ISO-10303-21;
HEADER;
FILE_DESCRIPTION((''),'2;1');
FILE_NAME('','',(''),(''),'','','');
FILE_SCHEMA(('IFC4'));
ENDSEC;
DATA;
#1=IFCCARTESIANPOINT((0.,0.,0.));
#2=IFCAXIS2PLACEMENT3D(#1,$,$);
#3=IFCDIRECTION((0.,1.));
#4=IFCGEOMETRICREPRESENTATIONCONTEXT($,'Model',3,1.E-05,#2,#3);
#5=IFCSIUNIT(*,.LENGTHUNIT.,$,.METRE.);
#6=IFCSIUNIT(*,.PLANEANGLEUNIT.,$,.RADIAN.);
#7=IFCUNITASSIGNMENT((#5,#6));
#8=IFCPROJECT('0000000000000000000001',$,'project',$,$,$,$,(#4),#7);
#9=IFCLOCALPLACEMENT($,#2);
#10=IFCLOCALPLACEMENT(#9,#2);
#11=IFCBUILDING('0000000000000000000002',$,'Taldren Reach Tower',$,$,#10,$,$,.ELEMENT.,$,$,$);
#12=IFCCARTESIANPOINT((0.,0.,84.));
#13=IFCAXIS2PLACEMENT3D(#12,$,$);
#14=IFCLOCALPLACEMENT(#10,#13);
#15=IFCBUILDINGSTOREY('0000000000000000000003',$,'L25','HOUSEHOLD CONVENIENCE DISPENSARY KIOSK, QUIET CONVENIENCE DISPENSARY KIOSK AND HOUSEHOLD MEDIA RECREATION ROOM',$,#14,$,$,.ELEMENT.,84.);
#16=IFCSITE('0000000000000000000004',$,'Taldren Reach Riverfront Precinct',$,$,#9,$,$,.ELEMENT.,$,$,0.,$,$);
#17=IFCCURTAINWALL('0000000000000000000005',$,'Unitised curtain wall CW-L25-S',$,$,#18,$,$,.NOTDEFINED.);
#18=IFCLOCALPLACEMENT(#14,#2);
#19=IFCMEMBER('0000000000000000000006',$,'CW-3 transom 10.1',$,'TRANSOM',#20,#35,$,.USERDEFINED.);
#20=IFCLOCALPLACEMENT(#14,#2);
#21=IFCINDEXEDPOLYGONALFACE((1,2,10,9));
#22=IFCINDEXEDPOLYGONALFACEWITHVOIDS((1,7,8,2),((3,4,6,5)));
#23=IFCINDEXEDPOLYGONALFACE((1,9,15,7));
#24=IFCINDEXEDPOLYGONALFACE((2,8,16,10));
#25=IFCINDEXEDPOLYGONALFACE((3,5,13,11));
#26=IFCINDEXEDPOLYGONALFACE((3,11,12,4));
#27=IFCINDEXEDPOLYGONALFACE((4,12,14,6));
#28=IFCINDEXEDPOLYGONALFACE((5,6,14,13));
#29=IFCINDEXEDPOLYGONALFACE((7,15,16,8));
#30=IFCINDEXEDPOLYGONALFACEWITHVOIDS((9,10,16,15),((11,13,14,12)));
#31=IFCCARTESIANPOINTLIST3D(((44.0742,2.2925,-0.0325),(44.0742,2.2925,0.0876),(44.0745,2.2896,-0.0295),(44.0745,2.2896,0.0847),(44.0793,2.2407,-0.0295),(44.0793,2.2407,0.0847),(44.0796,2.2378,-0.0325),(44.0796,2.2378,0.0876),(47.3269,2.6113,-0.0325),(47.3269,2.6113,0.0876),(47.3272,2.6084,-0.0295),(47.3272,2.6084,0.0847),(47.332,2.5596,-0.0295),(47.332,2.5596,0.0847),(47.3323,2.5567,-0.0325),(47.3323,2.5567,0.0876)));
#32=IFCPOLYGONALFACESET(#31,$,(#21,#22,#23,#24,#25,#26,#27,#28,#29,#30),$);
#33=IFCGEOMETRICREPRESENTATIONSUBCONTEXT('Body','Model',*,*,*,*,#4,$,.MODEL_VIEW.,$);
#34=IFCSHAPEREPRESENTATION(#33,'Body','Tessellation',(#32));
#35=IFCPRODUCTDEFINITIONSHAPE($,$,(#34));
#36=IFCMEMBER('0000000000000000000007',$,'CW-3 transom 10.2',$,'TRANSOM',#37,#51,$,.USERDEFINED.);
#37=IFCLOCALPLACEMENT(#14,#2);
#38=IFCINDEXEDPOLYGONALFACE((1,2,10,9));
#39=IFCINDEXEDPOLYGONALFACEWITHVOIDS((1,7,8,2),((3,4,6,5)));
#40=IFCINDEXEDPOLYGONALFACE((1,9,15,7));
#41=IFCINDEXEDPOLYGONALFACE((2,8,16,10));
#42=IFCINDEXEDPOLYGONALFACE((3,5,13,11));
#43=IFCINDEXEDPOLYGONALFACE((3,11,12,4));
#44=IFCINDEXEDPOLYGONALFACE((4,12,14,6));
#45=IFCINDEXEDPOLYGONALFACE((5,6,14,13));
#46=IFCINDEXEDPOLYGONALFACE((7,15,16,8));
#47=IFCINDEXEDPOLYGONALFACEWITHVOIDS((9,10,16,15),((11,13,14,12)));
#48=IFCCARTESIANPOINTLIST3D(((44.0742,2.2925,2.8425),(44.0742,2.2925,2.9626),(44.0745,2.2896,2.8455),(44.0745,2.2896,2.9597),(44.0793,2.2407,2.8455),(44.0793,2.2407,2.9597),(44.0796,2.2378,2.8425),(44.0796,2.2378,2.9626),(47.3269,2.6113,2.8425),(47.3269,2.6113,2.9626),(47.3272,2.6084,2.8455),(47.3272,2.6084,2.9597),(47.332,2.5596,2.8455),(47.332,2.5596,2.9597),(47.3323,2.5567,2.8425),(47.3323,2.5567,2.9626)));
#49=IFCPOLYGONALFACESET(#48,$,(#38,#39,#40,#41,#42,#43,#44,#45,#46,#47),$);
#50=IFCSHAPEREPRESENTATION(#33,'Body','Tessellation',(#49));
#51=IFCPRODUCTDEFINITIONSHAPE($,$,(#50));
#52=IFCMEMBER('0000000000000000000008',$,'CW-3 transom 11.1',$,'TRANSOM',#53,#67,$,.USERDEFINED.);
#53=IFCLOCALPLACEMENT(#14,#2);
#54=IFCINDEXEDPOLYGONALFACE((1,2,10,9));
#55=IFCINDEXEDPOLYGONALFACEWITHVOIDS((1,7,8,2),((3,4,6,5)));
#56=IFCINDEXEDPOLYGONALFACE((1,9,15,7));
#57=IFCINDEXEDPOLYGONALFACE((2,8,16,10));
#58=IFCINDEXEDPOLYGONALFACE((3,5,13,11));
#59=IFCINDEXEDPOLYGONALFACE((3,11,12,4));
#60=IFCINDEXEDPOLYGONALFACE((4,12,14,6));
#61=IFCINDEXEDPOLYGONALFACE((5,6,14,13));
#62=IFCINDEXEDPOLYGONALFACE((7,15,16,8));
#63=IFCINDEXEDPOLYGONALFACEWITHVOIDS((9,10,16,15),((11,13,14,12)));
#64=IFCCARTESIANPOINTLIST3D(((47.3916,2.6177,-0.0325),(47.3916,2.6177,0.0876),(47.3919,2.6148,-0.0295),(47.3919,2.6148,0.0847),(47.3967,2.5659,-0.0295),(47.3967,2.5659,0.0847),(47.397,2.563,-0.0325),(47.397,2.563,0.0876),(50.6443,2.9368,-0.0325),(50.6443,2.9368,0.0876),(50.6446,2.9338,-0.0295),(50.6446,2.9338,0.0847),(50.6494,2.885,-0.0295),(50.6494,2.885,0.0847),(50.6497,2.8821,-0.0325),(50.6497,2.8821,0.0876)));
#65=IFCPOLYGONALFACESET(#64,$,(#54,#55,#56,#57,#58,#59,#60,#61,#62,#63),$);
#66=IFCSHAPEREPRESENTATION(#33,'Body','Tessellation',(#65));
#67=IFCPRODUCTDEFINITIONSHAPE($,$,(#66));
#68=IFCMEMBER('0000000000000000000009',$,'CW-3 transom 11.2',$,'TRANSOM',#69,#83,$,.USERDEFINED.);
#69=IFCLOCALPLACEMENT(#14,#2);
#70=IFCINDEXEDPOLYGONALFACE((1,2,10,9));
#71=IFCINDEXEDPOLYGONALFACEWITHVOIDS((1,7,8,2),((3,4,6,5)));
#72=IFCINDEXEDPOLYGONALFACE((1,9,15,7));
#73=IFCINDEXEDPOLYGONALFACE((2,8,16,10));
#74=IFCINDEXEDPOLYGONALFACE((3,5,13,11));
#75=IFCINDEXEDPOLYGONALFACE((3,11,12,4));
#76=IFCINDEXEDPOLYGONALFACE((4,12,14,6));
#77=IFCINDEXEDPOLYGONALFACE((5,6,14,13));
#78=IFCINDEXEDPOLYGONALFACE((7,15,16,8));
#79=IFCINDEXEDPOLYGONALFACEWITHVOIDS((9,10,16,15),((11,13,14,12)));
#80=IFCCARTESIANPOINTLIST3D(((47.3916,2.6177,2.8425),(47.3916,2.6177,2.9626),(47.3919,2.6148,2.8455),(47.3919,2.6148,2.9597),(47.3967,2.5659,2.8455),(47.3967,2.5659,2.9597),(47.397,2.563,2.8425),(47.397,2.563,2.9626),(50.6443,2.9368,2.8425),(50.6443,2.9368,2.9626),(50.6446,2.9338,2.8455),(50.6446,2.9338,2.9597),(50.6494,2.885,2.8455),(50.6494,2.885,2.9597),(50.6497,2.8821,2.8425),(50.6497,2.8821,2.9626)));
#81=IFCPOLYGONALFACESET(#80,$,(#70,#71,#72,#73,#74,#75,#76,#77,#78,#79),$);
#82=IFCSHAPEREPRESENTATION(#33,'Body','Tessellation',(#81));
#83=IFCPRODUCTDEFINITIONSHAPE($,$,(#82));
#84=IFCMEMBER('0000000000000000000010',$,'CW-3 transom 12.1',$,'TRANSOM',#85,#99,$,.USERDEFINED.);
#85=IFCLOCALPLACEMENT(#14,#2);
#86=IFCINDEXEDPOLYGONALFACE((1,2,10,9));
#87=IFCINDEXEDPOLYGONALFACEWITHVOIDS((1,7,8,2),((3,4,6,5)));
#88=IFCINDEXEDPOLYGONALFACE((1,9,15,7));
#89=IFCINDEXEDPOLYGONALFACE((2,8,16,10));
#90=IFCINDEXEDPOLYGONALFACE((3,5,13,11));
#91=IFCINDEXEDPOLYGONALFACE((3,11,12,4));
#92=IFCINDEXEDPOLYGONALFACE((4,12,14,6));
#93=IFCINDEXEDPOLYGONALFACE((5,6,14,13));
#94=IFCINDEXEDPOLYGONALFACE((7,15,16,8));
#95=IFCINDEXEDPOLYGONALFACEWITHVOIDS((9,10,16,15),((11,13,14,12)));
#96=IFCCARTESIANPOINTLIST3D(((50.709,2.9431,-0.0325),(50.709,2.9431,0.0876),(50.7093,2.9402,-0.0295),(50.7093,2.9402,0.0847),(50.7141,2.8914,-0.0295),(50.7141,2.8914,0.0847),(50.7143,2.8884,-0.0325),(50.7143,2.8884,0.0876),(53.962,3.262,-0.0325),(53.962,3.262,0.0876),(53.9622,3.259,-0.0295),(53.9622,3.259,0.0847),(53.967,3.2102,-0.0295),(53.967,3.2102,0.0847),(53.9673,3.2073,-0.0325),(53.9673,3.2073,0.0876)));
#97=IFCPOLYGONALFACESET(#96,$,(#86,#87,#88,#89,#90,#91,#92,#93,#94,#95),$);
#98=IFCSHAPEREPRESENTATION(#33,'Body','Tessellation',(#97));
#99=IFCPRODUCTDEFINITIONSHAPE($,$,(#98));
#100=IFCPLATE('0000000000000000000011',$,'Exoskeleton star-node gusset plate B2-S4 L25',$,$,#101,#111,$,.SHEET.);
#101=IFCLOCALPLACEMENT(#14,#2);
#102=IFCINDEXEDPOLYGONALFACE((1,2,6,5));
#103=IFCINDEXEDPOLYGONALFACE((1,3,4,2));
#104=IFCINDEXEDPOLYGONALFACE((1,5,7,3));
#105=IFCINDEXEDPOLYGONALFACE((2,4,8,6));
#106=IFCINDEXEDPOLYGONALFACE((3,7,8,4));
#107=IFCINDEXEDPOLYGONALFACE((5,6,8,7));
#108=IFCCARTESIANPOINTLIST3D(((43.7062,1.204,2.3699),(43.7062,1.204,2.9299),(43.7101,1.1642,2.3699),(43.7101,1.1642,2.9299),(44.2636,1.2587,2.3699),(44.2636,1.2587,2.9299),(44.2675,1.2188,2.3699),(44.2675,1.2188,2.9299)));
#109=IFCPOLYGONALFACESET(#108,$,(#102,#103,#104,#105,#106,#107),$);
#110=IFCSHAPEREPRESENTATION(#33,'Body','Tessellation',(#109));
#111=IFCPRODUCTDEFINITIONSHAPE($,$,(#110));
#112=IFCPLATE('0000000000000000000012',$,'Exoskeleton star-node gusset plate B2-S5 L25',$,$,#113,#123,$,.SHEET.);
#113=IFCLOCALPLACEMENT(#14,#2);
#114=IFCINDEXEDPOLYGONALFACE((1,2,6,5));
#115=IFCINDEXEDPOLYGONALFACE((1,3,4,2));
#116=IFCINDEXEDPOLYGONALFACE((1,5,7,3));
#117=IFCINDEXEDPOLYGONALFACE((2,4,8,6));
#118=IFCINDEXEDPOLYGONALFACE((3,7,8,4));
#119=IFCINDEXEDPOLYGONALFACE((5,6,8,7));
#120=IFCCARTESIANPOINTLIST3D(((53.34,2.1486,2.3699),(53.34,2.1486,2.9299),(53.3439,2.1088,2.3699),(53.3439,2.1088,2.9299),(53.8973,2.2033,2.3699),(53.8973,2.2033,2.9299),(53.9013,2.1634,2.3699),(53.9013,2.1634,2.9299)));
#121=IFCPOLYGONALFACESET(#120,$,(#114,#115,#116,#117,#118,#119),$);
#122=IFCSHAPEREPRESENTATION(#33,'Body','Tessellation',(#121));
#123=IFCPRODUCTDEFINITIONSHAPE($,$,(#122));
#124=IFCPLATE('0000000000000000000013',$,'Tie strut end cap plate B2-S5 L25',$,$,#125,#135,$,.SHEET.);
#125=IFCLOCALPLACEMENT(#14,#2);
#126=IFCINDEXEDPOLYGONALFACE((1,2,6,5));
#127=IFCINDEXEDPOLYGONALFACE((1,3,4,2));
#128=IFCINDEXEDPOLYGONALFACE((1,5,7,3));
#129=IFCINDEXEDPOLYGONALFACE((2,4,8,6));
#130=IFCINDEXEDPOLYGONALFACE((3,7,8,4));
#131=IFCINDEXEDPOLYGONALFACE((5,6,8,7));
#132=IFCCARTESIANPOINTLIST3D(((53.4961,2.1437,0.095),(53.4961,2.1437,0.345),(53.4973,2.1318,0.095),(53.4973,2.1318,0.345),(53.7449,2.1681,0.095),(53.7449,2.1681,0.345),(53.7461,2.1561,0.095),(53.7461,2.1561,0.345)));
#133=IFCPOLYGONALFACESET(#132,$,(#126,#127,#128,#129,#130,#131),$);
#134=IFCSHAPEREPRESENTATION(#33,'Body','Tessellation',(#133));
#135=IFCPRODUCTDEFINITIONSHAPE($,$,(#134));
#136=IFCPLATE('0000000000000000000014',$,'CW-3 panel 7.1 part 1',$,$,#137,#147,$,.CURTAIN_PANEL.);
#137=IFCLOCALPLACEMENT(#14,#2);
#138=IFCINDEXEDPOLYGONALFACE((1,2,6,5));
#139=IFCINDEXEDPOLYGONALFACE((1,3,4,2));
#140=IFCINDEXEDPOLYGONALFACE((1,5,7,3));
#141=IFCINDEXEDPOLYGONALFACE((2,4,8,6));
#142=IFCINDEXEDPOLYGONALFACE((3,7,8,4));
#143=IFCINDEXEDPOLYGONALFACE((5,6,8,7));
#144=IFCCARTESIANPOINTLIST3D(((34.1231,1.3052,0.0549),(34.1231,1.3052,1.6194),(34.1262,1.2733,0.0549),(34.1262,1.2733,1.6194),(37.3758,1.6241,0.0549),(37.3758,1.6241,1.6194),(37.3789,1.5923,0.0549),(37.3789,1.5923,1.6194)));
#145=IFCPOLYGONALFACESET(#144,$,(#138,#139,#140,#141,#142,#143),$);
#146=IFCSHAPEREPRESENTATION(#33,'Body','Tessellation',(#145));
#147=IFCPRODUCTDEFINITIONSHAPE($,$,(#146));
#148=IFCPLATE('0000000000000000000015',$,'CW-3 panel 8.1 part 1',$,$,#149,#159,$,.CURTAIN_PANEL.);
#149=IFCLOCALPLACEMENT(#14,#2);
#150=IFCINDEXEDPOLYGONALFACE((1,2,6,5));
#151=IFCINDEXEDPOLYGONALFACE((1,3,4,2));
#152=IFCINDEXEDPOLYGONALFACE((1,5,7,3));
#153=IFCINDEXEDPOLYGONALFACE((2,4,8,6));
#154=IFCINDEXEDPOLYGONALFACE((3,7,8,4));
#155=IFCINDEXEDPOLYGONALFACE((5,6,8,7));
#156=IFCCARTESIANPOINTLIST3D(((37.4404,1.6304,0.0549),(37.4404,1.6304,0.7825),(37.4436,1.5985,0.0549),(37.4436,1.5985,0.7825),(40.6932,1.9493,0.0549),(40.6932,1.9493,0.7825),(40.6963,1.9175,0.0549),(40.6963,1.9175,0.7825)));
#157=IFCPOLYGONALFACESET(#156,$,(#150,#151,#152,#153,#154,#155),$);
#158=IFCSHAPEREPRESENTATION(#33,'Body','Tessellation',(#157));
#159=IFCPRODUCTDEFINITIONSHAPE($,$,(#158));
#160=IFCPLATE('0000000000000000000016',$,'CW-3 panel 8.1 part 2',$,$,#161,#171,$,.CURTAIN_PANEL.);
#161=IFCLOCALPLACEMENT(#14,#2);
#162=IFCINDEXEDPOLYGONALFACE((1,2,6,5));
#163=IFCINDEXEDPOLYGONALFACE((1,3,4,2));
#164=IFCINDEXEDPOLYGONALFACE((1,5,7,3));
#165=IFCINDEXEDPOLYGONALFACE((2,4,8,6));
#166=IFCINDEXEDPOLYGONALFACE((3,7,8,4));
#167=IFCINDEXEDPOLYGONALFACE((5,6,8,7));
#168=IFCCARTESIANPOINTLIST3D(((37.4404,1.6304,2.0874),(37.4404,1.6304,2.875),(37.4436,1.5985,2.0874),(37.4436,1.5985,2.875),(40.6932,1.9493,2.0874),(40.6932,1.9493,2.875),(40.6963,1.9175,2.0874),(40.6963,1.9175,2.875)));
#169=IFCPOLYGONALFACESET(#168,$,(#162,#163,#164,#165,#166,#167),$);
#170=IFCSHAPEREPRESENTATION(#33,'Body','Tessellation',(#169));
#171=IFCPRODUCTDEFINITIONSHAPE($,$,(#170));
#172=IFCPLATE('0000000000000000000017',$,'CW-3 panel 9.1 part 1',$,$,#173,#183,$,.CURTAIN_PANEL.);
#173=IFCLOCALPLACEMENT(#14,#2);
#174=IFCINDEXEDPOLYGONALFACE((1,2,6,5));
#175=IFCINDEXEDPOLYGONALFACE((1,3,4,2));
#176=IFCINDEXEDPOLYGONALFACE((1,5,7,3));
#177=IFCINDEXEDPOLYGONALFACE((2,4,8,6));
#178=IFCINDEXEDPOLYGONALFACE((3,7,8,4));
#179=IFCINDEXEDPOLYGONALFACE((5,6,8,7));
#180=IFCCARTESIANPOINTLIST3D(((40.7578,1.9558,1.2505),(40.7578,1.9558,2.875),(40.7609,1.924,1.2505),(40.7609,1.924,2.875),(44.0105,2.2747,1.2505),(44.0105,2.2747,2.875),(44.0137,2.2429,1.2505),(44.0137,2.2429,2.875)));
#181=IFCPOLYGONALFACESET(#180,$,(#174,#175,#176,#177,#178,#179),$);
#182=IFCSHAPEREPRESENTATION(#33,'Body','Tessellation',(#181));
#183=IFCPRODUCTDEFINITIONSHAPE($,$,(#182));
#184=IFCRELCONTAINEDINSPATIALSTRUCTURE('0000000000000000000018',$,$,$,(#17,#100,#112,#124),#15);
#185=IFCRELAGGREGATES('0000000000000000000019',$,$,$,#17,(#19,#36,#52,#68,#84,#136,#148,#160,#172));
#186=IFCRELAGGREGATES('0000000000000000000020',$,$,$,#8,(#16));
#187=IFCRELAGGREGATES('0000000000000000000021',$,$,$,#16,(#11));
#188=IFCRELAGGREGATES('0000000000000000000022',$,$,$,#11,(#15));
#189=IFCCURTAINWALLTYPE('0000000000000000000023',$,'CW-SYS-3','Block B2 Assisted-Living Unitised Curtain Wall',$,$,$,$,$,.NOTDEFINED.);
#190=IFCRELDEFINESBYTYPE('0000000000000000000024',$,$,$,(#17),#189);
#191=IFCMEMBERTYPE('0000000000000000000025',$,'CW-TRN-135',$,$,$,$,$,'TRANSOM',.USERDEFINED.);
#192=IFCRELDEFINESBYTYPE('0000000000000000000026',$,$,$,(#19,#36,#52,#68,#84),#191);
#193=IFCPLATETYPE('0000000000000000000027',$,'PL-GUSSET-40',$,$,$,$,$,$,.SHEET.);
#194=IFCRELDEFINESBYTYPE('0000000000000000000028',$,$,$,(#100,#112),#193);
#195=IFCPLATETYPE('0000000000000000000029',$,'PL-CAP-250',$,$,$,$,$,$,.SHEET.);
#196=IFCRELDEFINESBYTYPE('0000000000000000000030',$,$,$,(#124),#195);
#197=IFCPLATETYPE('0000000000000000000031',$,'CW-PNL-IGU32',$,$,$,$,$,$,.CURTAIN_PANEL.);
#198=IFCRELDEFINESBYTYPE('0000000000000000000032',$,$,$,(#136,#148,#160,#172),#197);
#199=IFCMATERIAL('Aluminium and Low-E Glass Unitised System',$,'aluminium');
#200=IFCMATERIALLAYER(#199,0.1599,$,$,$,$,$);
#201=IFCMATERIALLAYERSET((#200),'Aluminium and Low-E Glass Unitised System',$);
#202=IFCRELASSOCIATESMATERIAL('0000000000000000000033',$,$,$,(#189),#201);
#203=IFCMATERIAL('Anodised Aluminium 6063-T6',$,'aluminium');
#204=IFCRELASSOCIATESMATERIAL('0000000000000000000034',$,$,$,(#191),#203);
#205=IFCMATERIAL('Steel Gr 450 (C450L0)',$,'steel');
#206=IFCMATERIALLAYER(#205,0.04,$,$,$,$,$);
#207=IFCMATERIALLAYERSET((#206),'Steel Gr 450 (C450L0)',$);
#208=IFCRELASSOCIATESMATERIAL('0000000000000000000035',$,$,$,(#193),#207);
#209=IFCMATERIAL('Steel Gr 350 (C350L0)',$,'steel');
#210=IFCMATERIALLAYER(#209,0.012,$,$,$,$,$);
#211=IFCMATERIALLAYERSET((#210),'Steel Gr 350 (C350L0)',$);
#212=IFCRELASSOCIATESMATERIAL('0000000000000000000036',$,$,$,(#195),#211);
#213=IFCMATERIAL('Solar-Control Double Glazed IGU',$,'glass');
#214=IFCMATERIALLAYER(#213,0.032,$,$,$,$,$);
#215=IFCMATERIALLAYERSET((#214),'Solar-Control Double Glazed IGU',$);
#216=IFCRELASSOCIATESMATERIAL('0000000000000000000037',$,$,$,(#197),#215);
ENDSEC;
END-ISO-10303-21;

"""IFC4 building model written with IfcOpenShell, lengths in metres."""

from ifc_helpers import new_model, si_unit, direction, frame, origin, origin_2d, place, context, subcontext, project, spatial, rectangle, hollow_rectangle, extrude, source, transform, mapped, material, layer, layer_set, material_profile, profile_set, type_object, element, aggregate, save


model = new_model("IFC4")

# Units and contexts
model_context = context("Model", 3, precision=1e-05, world=origin(), true_north=direction((0.0, 1.0)))
body_context = subcontext(model_context, "Body", "Model", "MODEL_VIEW")
ifc_project = project(units=[si_unit("LENGTHUNIT", "METRE"), si_unit("PLANEANGLEUNIT", "RADIAN")], contexts=[model_context])

# Site, building, storey
site_placement = place(None, origin())
site = spatial("IfcSite", under=ifc_project, at=site_placement, Name="Taldren Reach Riverfront Precinct", CompositionType="ELEMENT", RefElevation=0.0)
building_placement = place(site_placement, origin())
building = spatial("IfcBuilding", under=site, at=building_placement, Name="Taldren Reach Tower", CompositionType="ELEMENT")
storey_placement = place(building_placement, frame((0.0, 0.0, 84.0)))
storey = spatial("IfcBuildingStorey", under=building, at=storey_placement, Name="L25", Description="HOUSEHOLD CONVENIENCE DISPENSARY KIOSK, QUIET CONVENIENCE DISPENSARY KIOSK AND HOUSEHOLD MEDIA RECREATION ROOM", CompositionType="ELEMENT", Elevation=84.0)

# Shared definitions
ifc_material_1 = material(Name="Steel Gr 450 (C450L0)", Category="steel")
ifc_material_2 = material(Name="Steel Gr 350 (C350L0)", Category="steel")

# Curtain wall, members
ifc_material_3 = material(Name="Aluminium and Low-E Glass Unitised System", Category="aluminium")
ifc_layer_1 = layer(ifc_material_3, 0.1599)
ifc_layer_set_1 = layer_set([ifc_layer_1], Name="Aluminium and Low-E Glass Unitised System")
curtain_wall_type = type_object("IfcCurtainWallType", Name="CW-SYS-3", Description="Block B2 Assisted-Living Unitised Curtain Wall", PredefinedType="NOTDEFINED", material=ifc_layer_set_1)
curtain_wall_placement = place(storey_placement, origin())
curtain_wall = element("IfcCurtainWall", 1, at=curtain_wall_placement, inside=storey, type_object=curtain_wall_type, Name="Unitised curtain wall CW-L25-S", PredefinedType="NOTDEFINED")
ifc_material_4 = material(Name="Anodised Aluminium 6063-T6", Category="aluminium")
ifc_material_profile_1 = material_profile(ifc_material_4, hollow_rectangle(XDim=0.0549, YDim=0.1201, WallThickness=0.0029, at=origin_2d()), Name="ALU-120x55x3RHS")
ifc_profile_set_1 = profile_set([ifc_material_profile_1], Name="Anodised Aluminium 6063-T6")
member_type_1 = type_object("IfcMemberType", Name="CW-TRN-135", ElementType="TRANSOM", PredefinedType="USERDEFINED", material=ifc_profile_set_1)
shared_shape_1 = source(origin(), body_context, "Body", "SweptSolid", [
    extrude(hollow_rectangle(XDim=0.0549, YDim=0.1201, WallThickness=0.0029, at=origin_2d()), origin(), (0.0, 0.0, 1.0), 3.2683),
])
member_1_placement = place(storey_placement, frame((44.0769, 2.2651, 0.0276), z_axis=(0.99523, 0.097558, 0.0), x_axis=(-0.097558, 0.99523, 0.0)))
member_1 = element("IfcMember", 2, at=member_1_placement, type_object=member_type_1, Name="CW-3 transom 10.1", ObjectType="TRANSOM", PredefinedType="USERDEFINED", context=body_context, shape_type="MappedRepresentation", body=[
    mapped(shared_shape_1, transform((0.0, 0.0, 0.0), scale=1.0)),
])
member_2_placement = place(storey_placement, frame((44.0769, 2.2651, 2.9026), z_axis=(0.99523, 0.097558, 0.0), x_axis=(-0.097558, 0.99523, 0.0)))
member_2 = element("IfcMember", 3, at=member_2_placement, type_object=member_type_1, Name="CW-3 transom 10.2", ObjectType="TRANSOM", PredefinedType="USERDEFINED", context=body_context, shape_type="MappedRepresentation", body=[
    mapped(shared_shape_1, transform((0.0, 0.0, 0.0), scale=1.0)),
])
member_3_placement = place(storey_placement, frame((47.3943, 2.5903, 0.0276), z_axis=(0.995223, 0.097632, 0.0), x_axis=(-0.097632, 0.995223, 0.0)))
member_3 = element("IfcMember", 4, at=member_3_placement, type_object=member_type_1, Name="CW-3 transom 11.1", ObjectType="TRANSOM", PredefinedType="USERDEFINED", context=body_context, shape_type="MappedRepresentation", body=[
    mapped(shared_shape_1, transform((0.0, 0.0, 0.0), scale=1.0)),
])
member_4_placement = place(storey_placement, frame((47.3943, 2.5903, 2.9026), z_axis=(0.995223, 0.097632, 0.0), x_axis=(-0.097632, 0.995223, 0.0)))
member_4 = element("IfcMember", 5, at=member_4_placement, type_object=member_type_1, Name="CW-3 transom 11.2", ObjectType="TRANSOM", PredefinedType="USERDEFINED", context=body_context, shape_type="MappedRepresentation", body=[
    mapped(shared_shape_1, transform((0.0, 0.0, 0.0), scale=1.0)),
])
shared_shape_2 = source(origin(), body_context, "Body", "SweptSolid", [
    extrude(hollow_rectangle(XDim=0.0549, YDim=0.1201, WallThickness=0.0029, at=origin_2d()), origin(), (0.0, 0.0, 1.0), 3.2686),
])
member_5_placement = place(storey_placement, frame((50.7117, 2.9158, 0.0276), z_axis=(0.995231, 0.097551, 0.0), x_axis=(-0.097551, 0.995231, 0.0)))
member_5 = element("IfcMember", 6, at=member_5_placement, type_object=member_type_1, Name="CW-3 transom 12.1", ObjectType="TRANSOM", PredefinedType="USERDEFINED", context=body_context, shape_type="MappedRepresentation", body=[
    mapped(shared_shape_2, transform((0.0, 0.0, 0.0), scale=1.0)),
])

# Plates
ifc_layer_2 = layer(ifc_material_1, 0.04)
ifc_layer_set_2 = layer_set([ifc_layer_2], Name="Steel Gr 450 (C450L0)")
plate_type_1 = type_object("IfcPlateType", Name="PL-GUSSET-40", PredefinedType="SHEET", material=ifc_layer_set_2)
shared_shape_3 = source(origin(), body_context, "Body", "SweptSolid", [
    extrude(rectangle(XDim=0.5601, YDim=0.04, at=origin_2d()), origin(), (0.0, 0.0, 1.0), 0.5601),
])
for number, where, z_axis, x_axis, name in (
    (7, (43.9868, 1.2114, 2.3699), (0.0, 0.0, 1.0), (0.995227, 0.097583, 0.0), "Exoskeleton star-node gusset plate B2-S4 L25"),
    (8, (53.6206, 2.156, 2.3699), (0.0, 0.0, 1.0), (0.995227, 0.097583, 0.0), "Exoskeleton star-node gusset plate B2-S5 L25"),
):
    element("IfcPlate", number, at=place(storey_placement, frame(where, z_axis=z_axis, x_axis=x_axis)), inside=storey, type_object=plate_type_1, Name=name, PredefinedType="SHEET", context=body_context, shape_type="MappedRepresentation", body=[
        mapped(shared_shape_3, transform((0.0, 0.0, 0.0), scale=1.0)),
    ])
ifc_layer_3 = layer(ifc_material_2, 0.012)
ifc_layer_set_3 = layer_set([ifc_layer_3], Name="Steel Gr 350 (C350L0)")
plate_type_2 = type_object("IfcPlateType", Name="PL-CAP-250", PredefinedType="SHEET", material=ifc_layer_set_3)
shared_shape_4 = source(origin(), body_context, "Body", "SweptSolid", [
    extrude(rectangle(XDim=0.25, YDim=0.012, at=origin_2d()), origin(), (0.0, 0.0, 1.0), 0.25),
])
plate_1_placement = place(storey_placement, frame((53.6211, 2.1499, 0.095), z_axis=(0.0, 0.0, 1.0), x_axis=(0.995227, 0.097583, 0.0)))
element("IfcPlate", 9, at=plate_1_placement, inside=storey, type_object=plate_type_2, Name="Tie strut end cap plate B2-S5 L25", PredefinedType="SHEET", context=body_context, shape_type="MappedRepresentation", body=[
    mapped(shared_shape_4, transform((0.0, 0.0, 0.0), scale=1.0)),
])

# Plates
ifc_material_5 = material(Name="Solar-Control Double Glazed IGU", Category="glass")
ifc_layer_4 = layer(ifc_material_5, 0.032)
ifc_layer_set_4 = layer_set([ifc_layer_4], Name="Solar-Control Double Glazed IGU")
plate_type_3 = type_object("IfcPlateType", Name="CW-PNL-IGU32", PredefinedType="CURTAIN_PANEL", material=ifc_layer_set_4)
shared_shape_5 = source(origin(), body_context, "Body", "SweptSolid", [
    extrude(rectangle(XDim=3.2683, YDim=0.032, at=origin_2d()), origin(), (0.0, 0.0, 1.0), 1.5645),
])
plate_2_placement = place(storey_placement, frame((35.751, 1.4487, 0.0549), z_axis=(0.0, 0.0, 1.0), x_axis=(0.995227, 0.097583, 0.0)))
plate_2 = element("IfcPlate", 10, at=plate_2_placement, type_object=plate_type_3, Name="CW-3 panel 7.1 part 1", PredefinedType="CURTAIN_PANEL", context=body_context, shape_type="MappedRepresentation", body=[
    mapped(shared_shape_5, transform((0.0, 0.0, 0.0), scale=1.0)),
])
shared_shape_6 = source(origin(), body_context, "Body", "SweptSolid", [
    extrude(rectangle(XDim=3.2683, YDim=0.032, at=origin_2d()), origin(), (0.0, 0.0, 1.0), 0.7275),
])
plate_3_placement = place(storey_placement, frame((39.0684, 1.7739, 0.0549), z_axis=(0.0, 0.0, 1.0), x_axis=(0.995227, 0.097583, 0.0)))
plate_3 = element("IfcPlate", 11, at=plate_3_placement, type_object=plate_type_3, Name="CW-3 panel 8.1 part 1", PredefinedType="CURTAIN_PANEL", context=body_context, shape_type="MappedRepresentation", body=[
    mapped(shared_shape_6, transform((0.0, 0.0, 0.0), scale=1.0)),
])
shared_shape_7 = source(origin(), body_context, "Body", "SweptSolid", [
    extrude(rectangle(XDim=3.2683, YDim=0.032, at=origin_2d()), origin(), (0.0, 0.0, 1.0), 0.7876),
])
plate_4_placement = place(storey_placement, frame((39.0684, 1.7739, 2.0874), z_axis=(0.0, 0.0, 1.0), x_axis=(0.995227, 0.097583, 0.0)))
plate_4 = element("IfcPlate", 12, at=plate_4_placement, type_object=plate_type_3, Name="CW-3 panel 8.1 part 2", PredefinedType="CURTAIN_PANEL", context=body_context, shape_type="MappedRepresentation", body=[
    mapped(shared_shape_7, transform((0.0, 0.0, 0.0), scale=1.0)),
])
shared_shape_8 = source(origin(), body_context, "Body", "SweptSolid", [
    extrude(rectangle(XDim=3.2683, YDim=0.032, at=origin_2d()), origin(), (0.0, 0.0, 1.0), 1.6245),
])
plate_5_placement = place(storey_placement, frame((42.3857, 2.0994, 1.2505), z_axis=(0.0, 0.0, 1.0), x_axis=(0.995227, 0.097583, 0.0)))
plate_5 = element("IfcPlate", 13, at=plate_5_placement, type_object=plate_type_3, Name="CW-3 panel 9.1 part 1", PredefinedType="CURTAIN_PANEL", context=body_context, shape_type="MappedRepresentation", body=[
    mapped(shared_shape_8, transform((0.0, 0.0, 0.0), scale=1.0)),
])
aggregate(curtain_wall, [member_1, member_2, member_3, member_4, member_5, plate_2, plate_3, plate_4, plate_5])

save(model, "model.ifc")
